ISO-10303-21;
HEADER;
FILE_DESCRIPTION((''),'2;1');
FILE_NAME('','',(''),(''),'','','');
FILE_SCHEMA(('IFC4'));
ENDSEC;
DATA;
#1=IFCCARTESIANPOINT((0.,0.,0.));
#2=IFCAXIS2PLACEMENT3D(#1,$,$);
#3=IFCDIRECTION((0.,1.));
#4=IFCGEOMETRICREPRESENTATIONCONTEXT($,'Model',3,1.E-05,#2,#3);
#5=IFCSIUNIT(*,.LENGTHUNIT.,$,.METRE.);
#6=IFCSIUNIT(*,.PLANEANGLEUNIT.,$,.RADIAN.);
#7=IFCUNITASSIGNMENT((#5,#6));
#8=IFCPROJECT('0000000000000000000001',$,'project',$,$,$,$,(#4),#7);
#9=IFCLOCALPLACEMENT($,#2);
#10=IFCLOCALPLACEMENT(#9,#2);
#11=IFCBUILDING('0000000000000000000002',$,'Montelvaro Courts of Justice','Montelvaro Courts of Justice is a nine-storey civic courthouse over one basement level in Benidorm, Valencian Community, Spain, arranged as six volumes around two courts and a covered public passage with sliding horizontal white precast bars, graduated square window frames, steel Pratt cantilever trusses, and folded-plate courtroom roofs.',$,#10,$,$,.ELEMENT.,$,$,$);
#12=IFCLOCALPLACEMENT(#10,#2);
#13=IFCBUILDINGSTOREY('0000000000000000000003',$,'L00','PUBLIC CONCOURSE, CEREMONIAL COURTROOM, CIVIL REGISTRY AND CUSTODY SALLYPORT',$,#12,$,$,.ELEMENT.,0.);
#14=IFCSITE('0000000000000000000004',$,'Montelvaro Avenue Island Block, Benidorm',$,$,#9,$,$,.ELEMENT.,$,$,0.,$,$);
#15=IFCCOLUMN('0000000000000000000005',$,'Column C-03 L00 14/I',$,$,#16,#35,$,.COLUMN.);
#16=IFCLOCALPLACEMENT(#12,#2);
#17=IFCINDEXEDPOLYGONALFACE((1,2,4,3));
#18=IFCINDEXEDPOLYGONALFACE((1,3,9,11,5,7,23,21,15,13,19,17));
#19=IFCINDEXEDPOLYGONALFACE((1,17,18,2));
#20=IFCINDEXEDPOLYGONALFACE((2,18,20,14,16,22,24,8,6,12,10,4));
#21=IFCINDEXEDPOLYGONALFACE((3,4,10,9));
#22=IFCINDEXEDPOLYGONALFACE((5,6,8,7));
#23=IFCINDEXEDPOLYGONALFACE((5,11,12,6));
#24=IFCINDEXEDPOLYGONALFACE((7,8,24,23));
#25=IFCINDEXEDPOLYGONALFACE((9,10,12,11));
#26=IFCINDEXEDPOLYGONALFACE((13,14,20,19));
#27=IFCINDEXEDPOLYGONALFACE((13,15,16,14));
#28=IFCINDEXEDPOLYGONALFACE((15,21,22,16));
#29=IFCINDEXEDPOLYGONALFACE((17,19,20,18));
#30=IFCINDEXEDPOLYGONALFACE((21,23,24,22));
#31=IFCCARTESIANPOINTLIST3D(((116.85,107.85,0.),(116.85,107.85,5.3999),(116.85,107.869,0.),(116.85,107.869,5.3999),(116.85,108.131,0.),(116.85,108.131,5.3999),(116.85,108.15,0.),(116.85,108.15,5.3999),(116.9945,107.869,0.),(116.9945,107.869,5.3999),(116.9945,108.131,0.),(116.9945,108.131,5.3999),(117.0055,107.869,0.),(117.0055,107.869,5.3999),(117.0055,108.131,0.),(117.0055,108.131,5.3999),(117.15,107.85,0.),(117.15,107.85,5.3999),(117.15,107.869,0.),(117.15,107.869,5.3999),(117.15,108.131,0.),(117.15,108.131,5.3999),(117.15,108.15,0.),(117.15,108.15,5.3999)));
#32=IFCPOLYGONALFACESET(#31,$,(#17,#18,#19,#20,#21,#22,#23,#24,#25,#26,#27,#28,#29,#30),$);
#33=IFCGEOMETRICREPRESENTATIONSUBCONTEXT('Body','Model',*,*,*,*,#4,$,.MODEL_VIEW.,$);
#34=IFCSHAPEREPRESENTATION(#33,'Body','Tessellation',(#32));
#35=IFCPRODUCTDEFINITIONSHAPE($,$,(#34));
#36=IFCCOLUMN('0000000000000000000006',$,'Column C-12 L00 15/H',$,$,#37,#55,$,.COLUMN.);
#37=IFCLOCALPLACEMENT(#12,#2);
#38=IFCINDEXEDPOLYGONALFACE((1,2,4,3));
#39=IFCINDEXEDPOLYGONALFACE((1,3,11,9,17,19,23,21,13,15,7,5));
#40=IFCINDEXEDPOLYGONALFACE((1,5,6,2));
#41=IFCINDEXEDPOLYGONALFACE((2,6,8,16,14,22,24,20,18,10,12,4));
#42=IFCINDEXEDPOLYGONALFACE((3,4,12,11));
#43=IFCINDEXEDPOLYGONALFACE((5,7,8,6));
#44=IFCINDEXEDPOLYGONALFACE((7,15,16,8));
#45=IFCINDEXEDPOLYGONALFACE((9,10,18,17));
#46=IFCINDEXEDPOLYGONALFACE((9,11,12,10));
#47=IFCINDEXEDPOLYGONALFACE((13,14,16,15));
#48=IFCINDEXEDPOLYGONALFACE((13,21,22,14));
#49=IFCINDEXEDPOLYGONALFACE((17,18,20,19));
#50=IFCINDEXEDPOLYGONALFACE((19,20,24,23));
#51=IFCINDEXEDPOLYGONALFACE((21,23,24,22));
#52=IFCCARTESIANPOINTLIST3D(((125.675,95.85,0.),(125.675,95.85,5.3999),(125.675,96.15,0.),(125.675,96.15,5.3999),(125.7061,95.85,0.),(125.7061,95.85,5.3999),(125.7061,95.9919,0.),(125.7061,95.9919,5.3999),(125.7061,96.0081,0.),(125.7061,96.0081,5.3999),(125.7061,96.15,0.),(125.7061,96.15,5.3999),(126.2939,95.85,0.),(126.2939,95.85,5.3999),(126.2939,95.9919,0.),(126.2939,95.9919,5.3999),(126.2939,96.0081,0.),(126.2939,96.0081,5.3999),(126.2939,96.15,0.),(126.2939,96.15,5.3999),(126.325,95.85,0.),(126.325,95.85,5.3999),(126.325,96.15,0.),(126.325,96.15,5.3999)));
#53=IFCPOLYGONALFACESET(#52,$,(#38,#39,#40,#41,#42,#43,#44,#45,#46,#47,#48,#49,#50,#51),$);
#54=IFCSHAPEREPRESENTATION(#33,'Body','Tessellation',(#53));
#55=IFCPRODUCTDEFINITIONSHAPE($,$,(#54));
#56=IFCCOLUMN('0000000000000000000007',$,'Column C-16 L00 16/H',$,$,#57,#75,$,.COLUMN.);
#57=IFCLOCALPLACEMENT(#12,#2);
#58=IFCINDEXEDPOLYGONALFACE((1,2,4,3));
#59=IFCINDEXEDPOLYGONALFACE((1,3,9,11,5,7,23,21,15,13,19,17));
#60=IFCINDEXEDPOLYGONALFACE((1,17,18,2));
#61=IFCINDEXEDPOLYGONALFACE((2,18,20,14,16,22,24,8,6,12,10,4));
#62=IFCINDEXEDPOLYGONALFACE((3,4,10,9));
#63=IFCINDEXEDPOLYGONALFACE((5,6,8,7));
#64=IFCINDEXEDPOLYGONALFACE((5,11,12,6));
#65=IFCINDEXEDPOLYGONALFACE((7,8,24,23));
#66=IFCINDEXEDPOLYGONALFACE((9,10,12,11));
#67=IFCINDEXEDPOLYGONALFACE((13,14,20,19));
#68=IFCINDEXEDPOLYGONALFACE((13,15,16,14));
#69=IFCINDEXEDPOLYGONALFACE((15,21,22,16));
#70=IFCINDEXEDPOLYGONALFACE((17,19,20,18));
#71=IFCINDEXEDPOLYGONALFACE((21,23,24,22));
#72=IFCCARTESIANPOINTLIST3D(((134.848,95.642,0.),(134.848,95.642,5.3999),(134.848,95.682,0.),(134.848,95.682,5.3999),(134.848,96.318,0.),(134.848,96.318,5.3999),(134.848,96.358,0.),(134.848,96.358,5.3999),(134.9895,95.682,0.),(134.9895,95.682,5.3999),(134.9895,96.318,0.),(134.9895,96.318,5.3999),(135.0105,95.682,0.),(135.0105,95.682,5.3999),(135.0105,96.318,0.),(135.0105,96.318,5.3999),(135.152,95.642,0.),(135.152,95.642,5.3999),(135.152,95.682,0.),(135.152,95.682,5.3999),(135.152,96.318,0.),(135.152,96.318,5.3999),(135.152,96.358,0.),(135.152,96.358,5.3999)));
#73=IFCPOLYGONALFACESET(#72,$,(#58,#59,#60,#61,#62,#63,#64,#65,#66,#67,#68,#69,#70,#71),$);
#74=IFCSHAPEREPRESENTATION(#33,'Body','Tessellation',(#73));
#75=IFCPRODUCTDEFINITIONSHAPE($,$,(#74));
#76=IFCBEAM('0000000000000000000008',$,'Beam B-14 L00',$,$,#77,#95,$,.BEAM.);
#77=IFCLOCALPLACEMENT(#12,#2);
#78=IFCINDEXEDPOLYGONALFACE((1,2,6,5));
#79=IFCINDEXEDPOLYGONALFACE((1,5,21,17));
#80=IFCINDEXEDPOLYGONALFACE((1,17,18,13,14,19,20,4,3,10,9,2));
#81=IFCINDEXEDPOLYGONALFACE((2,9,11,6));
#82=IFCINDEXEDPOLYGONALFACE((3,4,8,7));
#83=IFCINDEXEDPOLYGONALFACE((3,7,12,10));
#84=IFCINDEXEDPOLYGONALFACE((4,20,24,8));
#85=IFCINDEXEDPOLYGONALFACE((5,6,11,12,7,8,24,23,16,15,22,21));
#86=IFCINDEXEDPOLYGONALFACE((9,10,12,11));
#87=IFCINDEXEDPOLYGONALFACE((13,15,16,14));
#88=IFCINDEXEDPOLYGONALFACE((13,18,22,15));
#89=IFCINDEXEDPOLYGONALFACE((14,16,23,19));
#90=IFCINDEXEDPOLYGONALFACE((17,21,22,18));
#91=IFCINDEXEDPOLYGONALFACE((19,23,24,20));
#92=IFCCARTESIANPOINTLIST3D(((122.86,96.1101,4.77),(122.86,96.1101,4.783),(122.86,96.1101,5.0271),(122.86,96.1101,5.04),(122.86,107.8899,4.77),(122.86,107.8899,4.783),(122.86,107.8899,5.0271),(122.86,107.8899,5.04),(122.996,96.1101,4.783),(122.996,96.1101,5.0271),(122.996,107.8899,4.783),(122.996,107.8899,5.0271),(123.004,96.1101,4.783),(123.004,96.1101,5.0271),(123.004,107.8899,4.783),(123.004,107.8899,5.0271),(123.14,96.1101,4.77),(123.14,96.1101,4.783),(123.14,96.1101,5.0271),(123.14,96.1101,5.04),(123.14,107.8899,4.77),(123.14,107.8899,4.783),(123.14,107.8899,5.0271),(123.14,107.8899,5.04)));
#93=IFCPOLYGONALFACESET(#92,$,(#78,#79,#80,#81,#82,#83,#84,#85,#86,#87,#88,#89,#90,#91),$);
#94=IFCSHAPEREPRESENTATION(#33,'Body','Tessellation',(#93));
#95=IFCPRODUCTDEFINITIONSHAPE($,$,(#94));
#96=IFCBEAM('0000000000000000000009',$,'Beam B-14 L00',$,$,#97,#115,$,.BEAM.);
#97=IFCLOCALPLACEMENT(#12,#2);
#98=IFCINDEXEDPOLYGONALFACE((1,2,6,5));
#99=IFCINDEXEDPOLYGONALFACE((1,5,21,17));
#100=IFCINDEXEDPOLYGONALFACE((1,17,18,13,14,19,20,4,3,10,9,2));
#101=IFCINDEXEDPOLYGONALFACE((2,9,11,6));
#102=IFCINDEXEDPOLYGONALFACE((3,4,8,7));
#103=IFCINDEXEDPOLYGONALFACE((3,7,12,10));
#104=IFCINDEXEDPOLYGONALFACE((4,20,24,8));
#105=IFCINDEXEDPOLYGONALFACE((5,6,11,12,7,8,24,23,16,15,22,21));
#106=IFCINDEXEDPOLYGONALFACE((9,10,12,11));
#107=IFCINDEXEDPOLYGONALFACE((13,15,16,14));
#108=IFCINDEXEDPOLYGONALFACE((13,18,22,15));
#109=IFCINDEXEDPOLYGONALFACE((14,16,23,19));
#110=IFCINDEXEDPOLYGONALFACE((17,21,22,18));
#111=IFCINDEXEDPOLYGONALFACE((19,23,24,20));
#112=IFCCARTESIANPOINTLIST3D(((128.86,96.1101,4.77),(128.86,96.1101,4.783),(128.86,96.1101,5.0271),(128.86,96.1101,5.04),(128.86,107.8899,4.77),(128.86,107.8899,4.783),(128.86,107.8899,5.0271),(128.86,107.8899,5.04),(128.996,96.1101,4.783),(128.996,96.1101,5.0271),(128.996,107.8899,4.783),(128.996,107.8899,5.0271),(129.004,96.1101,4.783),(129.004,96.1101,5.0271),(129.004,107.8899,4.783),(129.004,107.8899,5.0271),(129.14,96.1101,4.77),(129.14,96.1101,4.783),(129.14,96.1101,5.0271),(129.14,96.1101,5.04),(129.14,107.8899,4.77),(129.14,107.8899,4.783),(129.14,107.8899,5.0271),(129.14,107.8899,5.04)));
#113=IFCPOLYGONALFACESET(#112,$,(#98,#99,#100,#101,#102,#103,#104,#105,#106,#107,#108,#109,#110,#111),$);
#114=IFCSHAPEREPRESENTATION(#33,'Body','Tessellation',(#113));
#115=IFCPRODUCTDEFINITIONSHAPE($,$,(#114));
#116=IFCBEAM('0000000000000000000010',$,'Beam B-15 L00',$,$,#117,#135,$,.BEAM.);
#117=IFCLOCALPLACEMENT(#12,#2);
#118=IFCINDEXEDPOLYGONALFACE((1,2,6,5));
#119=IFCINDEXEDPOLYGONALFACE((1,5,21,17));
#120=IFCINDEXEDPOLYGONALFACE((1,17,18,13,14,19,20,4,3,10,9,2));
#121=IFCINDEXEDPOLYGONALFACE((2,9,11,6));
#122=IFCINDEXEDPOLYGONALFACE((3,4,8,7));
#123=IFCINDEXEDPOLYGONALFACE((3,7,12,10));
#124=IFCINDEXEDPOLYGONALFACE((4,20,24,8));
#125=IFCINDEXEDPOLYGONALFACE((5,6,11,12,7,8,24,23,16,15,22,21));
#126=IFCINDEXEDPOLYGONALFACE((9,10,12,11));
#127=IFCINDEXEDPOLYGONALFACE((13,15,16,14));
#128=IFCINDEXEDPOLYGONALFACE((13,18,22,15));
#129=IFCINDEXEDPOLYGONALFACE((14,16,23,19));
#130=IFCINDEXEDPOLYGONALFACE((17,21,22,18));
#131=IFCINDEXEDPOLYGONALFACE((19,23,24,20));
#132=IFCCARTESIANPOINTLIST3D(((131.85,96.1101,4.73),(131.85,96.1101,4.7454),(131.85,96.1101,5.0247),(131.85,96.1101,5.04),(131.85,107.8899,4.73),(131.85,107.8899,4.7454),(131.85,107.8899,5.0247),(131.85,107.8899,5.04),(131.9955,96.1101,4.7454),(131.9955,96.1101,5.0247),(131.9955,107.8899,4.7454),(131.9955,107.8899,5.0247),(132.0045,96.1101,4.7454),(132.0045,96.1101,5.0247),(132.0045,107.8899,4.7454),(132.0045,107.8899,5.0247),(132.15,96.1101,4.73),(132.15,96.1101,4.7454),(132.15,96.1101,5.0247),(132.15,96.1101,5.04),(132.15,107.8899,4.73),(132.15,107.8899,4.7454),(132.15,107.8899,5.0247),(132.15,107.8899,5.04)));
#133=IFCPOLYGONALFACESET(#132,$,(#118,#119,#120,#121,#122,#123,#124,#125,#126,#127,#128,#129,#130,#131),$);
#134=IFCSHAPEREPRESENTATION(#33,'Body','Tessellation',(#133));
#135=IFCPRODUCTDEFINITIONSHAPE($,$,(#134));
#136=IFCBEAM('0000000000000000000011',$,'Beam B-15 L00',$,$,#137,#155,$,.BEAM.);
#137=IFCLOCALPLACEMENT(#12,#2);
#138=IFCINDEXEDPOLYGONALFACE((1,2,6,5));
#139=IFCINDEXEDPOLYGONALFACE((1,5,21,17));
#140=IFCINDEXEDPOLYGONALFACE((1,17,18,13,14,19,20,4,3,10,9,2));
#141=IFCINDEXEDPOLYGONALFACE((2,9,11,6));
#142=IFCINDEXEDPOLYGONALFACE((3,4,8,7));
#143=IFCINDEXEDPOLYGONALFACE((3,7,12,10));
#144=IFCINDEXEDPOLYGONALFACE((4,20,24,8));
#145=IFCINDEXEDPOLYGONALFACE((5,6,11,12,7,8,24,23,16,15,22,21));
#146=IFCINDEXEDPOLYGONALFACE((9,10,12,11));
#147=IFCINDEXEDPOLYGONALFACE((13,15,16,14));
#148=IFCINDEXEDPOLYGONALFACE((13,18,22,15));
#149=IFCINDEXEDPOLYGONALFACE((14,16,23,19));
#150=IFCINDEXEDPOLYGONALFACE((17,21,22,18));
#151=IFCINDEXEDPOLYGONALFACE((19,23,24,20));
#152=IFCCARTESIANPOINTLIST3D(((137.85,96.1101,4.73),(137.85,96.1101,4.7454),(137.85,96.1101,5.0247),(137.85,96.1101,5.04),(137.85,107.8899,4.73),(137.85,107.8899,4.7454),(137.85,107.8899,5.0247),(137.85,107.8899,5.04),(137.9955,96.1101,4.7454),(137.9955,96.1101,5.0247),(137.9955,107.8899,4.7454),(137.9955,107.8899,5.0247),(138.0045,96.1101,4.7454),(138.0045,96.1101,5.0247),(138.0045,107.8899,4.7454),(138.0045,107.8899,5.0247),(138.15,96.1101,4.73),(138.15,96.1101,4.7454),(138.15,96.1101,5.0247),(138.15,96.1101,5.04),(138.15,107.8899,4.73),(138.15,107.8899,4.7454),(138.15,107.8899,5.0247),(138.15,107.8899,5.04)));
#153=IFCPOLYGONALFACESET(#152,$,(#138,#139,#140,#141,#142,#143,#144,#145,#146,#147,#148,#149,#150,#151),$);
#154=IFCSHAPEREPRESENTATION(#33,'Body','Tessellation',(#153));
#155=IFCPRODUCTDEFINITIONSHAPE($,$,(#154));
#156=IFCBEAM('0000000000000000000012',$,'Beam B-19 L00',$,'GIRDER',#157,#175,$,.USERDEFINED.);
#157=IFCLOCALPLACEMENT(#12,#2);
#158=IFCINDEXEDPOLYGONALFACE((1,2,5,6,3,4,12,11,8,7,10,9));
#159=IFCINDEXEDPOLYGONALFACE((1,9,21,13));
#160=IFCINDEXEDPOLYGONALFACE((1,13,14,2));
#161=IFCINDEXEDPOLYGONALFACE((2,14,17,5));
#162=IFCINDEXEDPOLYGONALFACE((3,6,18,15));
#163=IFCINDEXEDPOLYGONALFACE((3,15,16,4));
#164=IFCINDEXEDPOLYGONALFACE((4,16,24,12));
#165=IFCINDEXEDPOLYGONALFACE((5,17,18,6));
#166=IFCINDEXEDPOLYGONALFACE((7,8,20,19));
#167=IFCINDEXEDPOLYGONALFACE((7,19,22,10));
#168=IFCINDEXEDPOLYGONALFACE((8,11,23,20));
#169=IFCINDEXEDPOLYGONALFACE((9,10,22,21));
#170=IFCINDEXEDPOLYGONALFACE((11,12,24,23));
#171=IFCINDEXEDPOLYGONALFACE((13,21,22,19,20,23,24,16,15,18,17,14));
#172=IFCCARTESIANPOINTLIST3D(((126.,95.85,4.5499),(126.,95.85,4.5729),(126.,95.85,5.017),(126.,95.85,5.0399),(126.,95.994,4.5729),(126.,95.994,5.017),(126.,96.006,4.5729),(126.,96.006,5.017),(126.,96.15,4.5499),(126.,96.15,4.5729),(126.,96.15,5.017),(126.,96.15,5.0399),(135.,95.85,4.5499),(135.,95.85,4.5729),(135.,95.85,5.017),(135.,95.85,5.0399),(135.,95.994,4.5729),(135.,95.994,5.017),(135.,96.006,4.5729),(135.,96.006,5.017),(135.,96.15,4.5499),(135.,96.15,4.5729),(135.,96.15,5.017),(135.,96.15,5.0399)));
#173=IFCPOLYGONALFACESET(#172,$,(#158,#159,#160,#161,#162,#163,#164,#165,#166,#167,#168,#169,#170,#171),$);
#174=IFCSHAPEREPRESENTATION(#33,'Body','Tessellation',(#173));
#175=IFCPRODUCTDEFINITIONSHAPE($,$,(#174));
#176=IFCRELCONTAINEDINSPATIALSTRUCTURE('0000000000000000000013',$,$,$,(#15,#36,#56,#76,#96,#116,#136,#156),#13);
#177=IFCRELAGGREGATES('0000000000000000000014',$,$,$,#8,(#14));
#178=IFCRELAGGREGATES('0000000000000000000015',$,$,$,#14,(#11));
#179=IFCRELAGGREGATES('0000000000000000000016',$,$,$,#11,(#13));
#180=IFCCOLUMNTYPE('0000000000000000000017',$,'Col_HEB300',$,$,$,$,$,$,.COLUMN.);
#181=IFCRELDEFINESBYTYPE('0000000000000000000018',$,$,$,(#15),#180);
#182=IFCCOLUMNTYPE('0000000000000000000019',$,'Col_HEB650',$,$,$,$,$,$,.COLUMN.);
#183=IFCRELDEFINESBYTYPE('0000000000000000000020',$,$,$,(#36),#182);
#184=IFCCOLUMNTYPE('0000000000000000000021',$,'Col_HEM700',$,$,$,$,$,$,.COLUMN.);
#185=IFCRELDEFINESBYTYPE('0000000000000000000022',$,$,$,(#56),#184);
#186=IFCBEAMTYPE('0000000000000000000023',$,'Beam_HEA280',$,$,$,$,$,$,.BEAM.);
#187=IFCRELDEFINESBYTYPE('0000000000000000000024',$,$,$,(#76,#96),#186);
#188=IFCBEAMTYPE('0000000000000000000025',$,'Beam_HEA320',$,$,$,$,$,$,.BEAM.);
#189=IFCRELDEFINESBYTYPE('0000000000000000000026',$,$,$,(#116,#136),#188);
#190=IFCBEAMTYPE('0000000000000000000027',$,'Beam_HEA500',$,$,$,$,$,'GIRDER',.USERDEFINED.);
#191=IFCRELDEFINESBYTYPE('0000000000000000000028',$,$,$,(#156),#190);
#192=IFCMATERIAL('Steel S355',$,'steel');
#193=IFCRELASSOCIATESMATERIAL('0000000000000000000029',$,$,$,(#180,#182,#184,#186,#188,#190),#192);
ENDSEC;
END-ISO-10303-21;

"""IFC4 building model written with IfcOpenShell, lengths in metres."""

from ifc_helpers import new_model, si_unit, direction, frame, origin, origin_2d, place, context, subcontext, project, spatial, i_section, extrude, material, material_profile, profile_set, type_object, element, save


model = new_model("IFC4")

# Units and contexts
model_context = context("Model", 3, precision=1e-05, world=origin(), true_north=direction((0.0, 1.0)))
body_context = subcontext(model_context, "Body", "Model", "MODEL_VIEW")
ifc_project = project(units=[si_unit("LENGTHUNIT", "METRE"), si_unit("PLANEANGLEUNIT", "RADIAN")], contexts=[model_context])

# Site, building, storey
site_placement = place(None, origin())
site = spatial("IfcSite", under=ifc_project, at=site_placement, Name="Montelvaro Avenue Island Block, Benidorm", CompositionType="ELEMENT", RefElevation=0.0)
building_placement = place(site_placement, origin())
building = spatial("IfcBuilding", under=site, at=building_placement, Name="Montelvaro Courts of Justice", Description="Montelvaro Courts of Justice is a nine-storey civic courthouse over one basement level in Benidorm, Valencian Community, Spain, arranged as six volumes around two courts and a covered public passage with sliding horizontal white precast bars, graduated square window frames, steel Pratt cantilever trusses, and folded-plate courtroom roofs.", CompositionType="ELEMENT")
storey_placement = place(building_placement, origin())
storey = spatial("IfcBuildingStorey", under=building, at=storey_placement, Name="L00", Description="PUBLIC CONCOURSE, CEREMONIAL COURTROOM, CIVIL REGISTRY AND CUSTODY SALLYPORT", CompositionType="ELEMENT", Elevation=0.0)

# Columns
ifc_material_1 = material(Name="Steel S355", Category="steel")
ifc_material_profile_1 = material_profile(ifc_material_1, i_section(OverallWidth=0.3, OverallDepth=0.3, WebThickness=0.011, FlangeThickness=0.019, at=origin_2d()), Name="HEB 300")
ifc_profile_set_1 = profile_set([ifc_material_profile_1], Name="Steel S355")
column_type_1 = type_object("IfcColumnType", Name="Col_HEB300", PredefinedType="COLUMN", material=ifc_profile_set_1)
column_1_placement = place(storey_placement, frame((117.0, 108.0, 0.0), z_axis=(0.0, 0.0, 1.0), x_axis=(1.0, 0.0, 0.0)))
element("IfcColumn", 1, at=column_1_placement, inside=storey, type_object=column_type_1, Name="Column C-03 L00 14/I", PredefinedType="COLUMN", context=body_context, shape_type="SweptSolid", body=[
    extrude(i_section(OverallWidth=0.3, OverallDepth=0.3, WebThickness=0.011, FlangeThickness=0.019, at=origin_2d()), origin(), (0.0, 0.0, 1.0), 5.3999),
])
ifc_material_profile_2 = material_profile(ifc_material_1, i_section(OverallWidth=0.3, OverallDepth=0.6499, WebThickness=0.0161, FlangeThickness=0.031, at=origin_2d()), Name="HEB 650")
ifc_profile_set_2 = profile_set([ifc_material_profile_2], Name="Steel S355")
column_type_2 = type_object("IfcColumnType", Name="Col_HEB650", PredefinedType="COLUMN", material=ifc_profile_set_2)
column_2_placement = place(storey_placement, frame((126.0, 96.0, 0.0), z_axis=(0.0, 0.0, 1.0), x_axis=(0.0, 1.0, 0.0)))
element("IfcColumn", 2, at=column_2_placement, inside=storey, type_object=column_type_2, Name="Column C-12 L00 15/H", PredefinedType="COLUMN", context=body_context, shape_type="SweptSolid", body=[
    extrude(i_section(OverallWidth=0.3, OverallDepth=0.6499, WebThickness=0.0161, FlangeThickness=0.031, at=origin_2d()), origin(), (0.0, 0.0, 1.0), 5.3999),
])
ifc_material_profile_3 = material_profile(ifc_material_1, i_section(OverallWidth=0.304, OverallDepth=0.7161, WebThickness=0.021, FlangeThickness=0.04, at=origin_2d()), Name="HEM 700")
ifc_profile_set_3 = profile_set([ifc_material_profile_3], Name="Steel S355")
column_type_3 = type_object("IfcColumnType", Name="Col_HEM700", PredefinedType="COLUMN", material=ifc_profile_set_3)
column_3_placement = place(storey_placement, frame((135.0, 96.0, 0.0), z_axis=(0.0, 0.0, 1.0), x_axis=(1.0, 0.0, 0.0)))
element("IfcColumn", 3, at=column_3_placement, inside=storey, type_object=column_type_3, Name="Column C-16 L00 16/H", PredefinedType="COLUMN", context=body_context, shape_type="SweptSolid", body=[
    extrude(i_section(OverallWidth=0.304, OverallDepth=0.7161, WebThickness=0.021, FlangeThickness=0.04, at=origin_2d()), origin(), (0.0, 0.0, 1.0), 5.3999),
])

# Beams
ifc_material_profile_4 = material_profile(ifc_material_1, i_section(OverallWidth=0.28, OverallDepth=0.27, WebThickness=0.0081, FlangeThickness=0.0129, at=origin_2d()), Name="HEA 280")
ifc_profile_set_4 = profile_set([ifc_material_profile_4], Name="Steel S355")
beam_type_1 = type_object("IfcBeamType", Name="Beam_HEA280", PredefinedType="BEAM", material=ifc_profile_set_4)
for number, where, z_axis, x_axis, name in (
    (4, (123.0, 96.1101, 4.905), (0.0, 1.0, 0.0), (-1.0, 0.0, 0.0), "Beam B-14 L00"),
    (5, (129.0, 96.1101, 4.905), (0.0, 1.0, 0.0), (-1.0, 0.0, 0.0), "Beam B-14 L00"),
):
    element("IfcBeam", number, at=place(storey_placement, frame(where, z_axis=z_axis, x_axis=x_axis)), inside=storey, type_object=beam_type_1, Name=name, PredefinedType="BEAM", context=body_context, shape_type="SweptSolid", body=[
        extrude(i_section(OverallWidth=0.28, OverallDepth=0.27, WebThickness=0.0081, FlangeThickness=0.0129, at=origin_2d()), origin(), (0.0, 0.0, 1.0), 11.7798),
    ])
ifc_material_profile_5 = material_profile(ifc_material_1, i_section(OverallWidth=0.3, OverallDepth=0.3101, WebThickness=0.009, FlangeThickness=0.0154, at=origin_2d()), Name="HEA 320")
ifc_profile_set_5 = profile_set([ifc_material_profile_5], Name="Steel S355")
beam_type_2 = type_object("IfcBeamType", Name="Beam_HEA320", PredefinedType="BEAM", material=ifc_profile_set_5)
for number, where, z_axis, x_axis, name in (
    (6, (132.0, 96.1101, 4.885), (0.0, 1.0, 0.0), (-1.0, 0.0, 0.0), "Beam B-15 L00"),
    (7, (138.0, 96.1101, 4.885), (0.0, 1.0, 0.0), (-1.0, 0.0, 0.0), "Beam B-15 L00"),
):
    element("IfcBeam", number, at=place(storey_placement, frame(where, z_axis=z_axis, x_axis=x_axis)), inside=storey, type_object=beam_type_2, Name=name, PredefinedType="BEAM", context=body_context, shape_type="SweptSolid", body=[
        extrude(i_section(OverallWidth=0.3, OverallDepth=0.3101, WebThickness=0.009, FlangeThickness=0.0154, at=origin_2d()), origin(), (0.0, 0.0, 1.0), 11.7798),
    ])
ifc_material_profile_6 = material_profile(ifc_material_1, i_section(OverallWidth=0.3, OverallDepth=0.49, WebThickness=0.012, FlangeThickness=0.0229, at=origin_2d()), Name="HEA 500")
ifc_profile_set_6 = profile_set([ifc_material_profile_6], Name="Steel S355")
beam_type_3 = type_object("IfcBeamType", Name="Beam_HEA500", ElementType="GIRDER", PredefinedType="USERDEFINED", material=ifc_profile_set_6)
for number, where, z_axis, x_axis, name in (
    (8, (126.0, 96.0, 4.7949), (1.0, 0.0, 0.0), (0.0, 1.0, 0.0), "Beam B-19 L00"),
):
    element("IfcBeam", number, at=place(storey_placement, frame(where, z_axis=z_axis, x_axis=x_axis)), inside=storey, type_object=beam_type_3, Name=name, ObjectType="GIRDER", PredefinedType="USERDEFINED", context=body_context, shape_type="SweptSolid", body=[
        extrude(i_section(OverallWidth=0.3, OverallDepth=0.49, WebThickness=0.012, FlangeThickness=0.0229, at=origin_2d()), origin(), (0.0, 0.0, 1.0), 9.0),
    ])

save(model, "model.ifc")
